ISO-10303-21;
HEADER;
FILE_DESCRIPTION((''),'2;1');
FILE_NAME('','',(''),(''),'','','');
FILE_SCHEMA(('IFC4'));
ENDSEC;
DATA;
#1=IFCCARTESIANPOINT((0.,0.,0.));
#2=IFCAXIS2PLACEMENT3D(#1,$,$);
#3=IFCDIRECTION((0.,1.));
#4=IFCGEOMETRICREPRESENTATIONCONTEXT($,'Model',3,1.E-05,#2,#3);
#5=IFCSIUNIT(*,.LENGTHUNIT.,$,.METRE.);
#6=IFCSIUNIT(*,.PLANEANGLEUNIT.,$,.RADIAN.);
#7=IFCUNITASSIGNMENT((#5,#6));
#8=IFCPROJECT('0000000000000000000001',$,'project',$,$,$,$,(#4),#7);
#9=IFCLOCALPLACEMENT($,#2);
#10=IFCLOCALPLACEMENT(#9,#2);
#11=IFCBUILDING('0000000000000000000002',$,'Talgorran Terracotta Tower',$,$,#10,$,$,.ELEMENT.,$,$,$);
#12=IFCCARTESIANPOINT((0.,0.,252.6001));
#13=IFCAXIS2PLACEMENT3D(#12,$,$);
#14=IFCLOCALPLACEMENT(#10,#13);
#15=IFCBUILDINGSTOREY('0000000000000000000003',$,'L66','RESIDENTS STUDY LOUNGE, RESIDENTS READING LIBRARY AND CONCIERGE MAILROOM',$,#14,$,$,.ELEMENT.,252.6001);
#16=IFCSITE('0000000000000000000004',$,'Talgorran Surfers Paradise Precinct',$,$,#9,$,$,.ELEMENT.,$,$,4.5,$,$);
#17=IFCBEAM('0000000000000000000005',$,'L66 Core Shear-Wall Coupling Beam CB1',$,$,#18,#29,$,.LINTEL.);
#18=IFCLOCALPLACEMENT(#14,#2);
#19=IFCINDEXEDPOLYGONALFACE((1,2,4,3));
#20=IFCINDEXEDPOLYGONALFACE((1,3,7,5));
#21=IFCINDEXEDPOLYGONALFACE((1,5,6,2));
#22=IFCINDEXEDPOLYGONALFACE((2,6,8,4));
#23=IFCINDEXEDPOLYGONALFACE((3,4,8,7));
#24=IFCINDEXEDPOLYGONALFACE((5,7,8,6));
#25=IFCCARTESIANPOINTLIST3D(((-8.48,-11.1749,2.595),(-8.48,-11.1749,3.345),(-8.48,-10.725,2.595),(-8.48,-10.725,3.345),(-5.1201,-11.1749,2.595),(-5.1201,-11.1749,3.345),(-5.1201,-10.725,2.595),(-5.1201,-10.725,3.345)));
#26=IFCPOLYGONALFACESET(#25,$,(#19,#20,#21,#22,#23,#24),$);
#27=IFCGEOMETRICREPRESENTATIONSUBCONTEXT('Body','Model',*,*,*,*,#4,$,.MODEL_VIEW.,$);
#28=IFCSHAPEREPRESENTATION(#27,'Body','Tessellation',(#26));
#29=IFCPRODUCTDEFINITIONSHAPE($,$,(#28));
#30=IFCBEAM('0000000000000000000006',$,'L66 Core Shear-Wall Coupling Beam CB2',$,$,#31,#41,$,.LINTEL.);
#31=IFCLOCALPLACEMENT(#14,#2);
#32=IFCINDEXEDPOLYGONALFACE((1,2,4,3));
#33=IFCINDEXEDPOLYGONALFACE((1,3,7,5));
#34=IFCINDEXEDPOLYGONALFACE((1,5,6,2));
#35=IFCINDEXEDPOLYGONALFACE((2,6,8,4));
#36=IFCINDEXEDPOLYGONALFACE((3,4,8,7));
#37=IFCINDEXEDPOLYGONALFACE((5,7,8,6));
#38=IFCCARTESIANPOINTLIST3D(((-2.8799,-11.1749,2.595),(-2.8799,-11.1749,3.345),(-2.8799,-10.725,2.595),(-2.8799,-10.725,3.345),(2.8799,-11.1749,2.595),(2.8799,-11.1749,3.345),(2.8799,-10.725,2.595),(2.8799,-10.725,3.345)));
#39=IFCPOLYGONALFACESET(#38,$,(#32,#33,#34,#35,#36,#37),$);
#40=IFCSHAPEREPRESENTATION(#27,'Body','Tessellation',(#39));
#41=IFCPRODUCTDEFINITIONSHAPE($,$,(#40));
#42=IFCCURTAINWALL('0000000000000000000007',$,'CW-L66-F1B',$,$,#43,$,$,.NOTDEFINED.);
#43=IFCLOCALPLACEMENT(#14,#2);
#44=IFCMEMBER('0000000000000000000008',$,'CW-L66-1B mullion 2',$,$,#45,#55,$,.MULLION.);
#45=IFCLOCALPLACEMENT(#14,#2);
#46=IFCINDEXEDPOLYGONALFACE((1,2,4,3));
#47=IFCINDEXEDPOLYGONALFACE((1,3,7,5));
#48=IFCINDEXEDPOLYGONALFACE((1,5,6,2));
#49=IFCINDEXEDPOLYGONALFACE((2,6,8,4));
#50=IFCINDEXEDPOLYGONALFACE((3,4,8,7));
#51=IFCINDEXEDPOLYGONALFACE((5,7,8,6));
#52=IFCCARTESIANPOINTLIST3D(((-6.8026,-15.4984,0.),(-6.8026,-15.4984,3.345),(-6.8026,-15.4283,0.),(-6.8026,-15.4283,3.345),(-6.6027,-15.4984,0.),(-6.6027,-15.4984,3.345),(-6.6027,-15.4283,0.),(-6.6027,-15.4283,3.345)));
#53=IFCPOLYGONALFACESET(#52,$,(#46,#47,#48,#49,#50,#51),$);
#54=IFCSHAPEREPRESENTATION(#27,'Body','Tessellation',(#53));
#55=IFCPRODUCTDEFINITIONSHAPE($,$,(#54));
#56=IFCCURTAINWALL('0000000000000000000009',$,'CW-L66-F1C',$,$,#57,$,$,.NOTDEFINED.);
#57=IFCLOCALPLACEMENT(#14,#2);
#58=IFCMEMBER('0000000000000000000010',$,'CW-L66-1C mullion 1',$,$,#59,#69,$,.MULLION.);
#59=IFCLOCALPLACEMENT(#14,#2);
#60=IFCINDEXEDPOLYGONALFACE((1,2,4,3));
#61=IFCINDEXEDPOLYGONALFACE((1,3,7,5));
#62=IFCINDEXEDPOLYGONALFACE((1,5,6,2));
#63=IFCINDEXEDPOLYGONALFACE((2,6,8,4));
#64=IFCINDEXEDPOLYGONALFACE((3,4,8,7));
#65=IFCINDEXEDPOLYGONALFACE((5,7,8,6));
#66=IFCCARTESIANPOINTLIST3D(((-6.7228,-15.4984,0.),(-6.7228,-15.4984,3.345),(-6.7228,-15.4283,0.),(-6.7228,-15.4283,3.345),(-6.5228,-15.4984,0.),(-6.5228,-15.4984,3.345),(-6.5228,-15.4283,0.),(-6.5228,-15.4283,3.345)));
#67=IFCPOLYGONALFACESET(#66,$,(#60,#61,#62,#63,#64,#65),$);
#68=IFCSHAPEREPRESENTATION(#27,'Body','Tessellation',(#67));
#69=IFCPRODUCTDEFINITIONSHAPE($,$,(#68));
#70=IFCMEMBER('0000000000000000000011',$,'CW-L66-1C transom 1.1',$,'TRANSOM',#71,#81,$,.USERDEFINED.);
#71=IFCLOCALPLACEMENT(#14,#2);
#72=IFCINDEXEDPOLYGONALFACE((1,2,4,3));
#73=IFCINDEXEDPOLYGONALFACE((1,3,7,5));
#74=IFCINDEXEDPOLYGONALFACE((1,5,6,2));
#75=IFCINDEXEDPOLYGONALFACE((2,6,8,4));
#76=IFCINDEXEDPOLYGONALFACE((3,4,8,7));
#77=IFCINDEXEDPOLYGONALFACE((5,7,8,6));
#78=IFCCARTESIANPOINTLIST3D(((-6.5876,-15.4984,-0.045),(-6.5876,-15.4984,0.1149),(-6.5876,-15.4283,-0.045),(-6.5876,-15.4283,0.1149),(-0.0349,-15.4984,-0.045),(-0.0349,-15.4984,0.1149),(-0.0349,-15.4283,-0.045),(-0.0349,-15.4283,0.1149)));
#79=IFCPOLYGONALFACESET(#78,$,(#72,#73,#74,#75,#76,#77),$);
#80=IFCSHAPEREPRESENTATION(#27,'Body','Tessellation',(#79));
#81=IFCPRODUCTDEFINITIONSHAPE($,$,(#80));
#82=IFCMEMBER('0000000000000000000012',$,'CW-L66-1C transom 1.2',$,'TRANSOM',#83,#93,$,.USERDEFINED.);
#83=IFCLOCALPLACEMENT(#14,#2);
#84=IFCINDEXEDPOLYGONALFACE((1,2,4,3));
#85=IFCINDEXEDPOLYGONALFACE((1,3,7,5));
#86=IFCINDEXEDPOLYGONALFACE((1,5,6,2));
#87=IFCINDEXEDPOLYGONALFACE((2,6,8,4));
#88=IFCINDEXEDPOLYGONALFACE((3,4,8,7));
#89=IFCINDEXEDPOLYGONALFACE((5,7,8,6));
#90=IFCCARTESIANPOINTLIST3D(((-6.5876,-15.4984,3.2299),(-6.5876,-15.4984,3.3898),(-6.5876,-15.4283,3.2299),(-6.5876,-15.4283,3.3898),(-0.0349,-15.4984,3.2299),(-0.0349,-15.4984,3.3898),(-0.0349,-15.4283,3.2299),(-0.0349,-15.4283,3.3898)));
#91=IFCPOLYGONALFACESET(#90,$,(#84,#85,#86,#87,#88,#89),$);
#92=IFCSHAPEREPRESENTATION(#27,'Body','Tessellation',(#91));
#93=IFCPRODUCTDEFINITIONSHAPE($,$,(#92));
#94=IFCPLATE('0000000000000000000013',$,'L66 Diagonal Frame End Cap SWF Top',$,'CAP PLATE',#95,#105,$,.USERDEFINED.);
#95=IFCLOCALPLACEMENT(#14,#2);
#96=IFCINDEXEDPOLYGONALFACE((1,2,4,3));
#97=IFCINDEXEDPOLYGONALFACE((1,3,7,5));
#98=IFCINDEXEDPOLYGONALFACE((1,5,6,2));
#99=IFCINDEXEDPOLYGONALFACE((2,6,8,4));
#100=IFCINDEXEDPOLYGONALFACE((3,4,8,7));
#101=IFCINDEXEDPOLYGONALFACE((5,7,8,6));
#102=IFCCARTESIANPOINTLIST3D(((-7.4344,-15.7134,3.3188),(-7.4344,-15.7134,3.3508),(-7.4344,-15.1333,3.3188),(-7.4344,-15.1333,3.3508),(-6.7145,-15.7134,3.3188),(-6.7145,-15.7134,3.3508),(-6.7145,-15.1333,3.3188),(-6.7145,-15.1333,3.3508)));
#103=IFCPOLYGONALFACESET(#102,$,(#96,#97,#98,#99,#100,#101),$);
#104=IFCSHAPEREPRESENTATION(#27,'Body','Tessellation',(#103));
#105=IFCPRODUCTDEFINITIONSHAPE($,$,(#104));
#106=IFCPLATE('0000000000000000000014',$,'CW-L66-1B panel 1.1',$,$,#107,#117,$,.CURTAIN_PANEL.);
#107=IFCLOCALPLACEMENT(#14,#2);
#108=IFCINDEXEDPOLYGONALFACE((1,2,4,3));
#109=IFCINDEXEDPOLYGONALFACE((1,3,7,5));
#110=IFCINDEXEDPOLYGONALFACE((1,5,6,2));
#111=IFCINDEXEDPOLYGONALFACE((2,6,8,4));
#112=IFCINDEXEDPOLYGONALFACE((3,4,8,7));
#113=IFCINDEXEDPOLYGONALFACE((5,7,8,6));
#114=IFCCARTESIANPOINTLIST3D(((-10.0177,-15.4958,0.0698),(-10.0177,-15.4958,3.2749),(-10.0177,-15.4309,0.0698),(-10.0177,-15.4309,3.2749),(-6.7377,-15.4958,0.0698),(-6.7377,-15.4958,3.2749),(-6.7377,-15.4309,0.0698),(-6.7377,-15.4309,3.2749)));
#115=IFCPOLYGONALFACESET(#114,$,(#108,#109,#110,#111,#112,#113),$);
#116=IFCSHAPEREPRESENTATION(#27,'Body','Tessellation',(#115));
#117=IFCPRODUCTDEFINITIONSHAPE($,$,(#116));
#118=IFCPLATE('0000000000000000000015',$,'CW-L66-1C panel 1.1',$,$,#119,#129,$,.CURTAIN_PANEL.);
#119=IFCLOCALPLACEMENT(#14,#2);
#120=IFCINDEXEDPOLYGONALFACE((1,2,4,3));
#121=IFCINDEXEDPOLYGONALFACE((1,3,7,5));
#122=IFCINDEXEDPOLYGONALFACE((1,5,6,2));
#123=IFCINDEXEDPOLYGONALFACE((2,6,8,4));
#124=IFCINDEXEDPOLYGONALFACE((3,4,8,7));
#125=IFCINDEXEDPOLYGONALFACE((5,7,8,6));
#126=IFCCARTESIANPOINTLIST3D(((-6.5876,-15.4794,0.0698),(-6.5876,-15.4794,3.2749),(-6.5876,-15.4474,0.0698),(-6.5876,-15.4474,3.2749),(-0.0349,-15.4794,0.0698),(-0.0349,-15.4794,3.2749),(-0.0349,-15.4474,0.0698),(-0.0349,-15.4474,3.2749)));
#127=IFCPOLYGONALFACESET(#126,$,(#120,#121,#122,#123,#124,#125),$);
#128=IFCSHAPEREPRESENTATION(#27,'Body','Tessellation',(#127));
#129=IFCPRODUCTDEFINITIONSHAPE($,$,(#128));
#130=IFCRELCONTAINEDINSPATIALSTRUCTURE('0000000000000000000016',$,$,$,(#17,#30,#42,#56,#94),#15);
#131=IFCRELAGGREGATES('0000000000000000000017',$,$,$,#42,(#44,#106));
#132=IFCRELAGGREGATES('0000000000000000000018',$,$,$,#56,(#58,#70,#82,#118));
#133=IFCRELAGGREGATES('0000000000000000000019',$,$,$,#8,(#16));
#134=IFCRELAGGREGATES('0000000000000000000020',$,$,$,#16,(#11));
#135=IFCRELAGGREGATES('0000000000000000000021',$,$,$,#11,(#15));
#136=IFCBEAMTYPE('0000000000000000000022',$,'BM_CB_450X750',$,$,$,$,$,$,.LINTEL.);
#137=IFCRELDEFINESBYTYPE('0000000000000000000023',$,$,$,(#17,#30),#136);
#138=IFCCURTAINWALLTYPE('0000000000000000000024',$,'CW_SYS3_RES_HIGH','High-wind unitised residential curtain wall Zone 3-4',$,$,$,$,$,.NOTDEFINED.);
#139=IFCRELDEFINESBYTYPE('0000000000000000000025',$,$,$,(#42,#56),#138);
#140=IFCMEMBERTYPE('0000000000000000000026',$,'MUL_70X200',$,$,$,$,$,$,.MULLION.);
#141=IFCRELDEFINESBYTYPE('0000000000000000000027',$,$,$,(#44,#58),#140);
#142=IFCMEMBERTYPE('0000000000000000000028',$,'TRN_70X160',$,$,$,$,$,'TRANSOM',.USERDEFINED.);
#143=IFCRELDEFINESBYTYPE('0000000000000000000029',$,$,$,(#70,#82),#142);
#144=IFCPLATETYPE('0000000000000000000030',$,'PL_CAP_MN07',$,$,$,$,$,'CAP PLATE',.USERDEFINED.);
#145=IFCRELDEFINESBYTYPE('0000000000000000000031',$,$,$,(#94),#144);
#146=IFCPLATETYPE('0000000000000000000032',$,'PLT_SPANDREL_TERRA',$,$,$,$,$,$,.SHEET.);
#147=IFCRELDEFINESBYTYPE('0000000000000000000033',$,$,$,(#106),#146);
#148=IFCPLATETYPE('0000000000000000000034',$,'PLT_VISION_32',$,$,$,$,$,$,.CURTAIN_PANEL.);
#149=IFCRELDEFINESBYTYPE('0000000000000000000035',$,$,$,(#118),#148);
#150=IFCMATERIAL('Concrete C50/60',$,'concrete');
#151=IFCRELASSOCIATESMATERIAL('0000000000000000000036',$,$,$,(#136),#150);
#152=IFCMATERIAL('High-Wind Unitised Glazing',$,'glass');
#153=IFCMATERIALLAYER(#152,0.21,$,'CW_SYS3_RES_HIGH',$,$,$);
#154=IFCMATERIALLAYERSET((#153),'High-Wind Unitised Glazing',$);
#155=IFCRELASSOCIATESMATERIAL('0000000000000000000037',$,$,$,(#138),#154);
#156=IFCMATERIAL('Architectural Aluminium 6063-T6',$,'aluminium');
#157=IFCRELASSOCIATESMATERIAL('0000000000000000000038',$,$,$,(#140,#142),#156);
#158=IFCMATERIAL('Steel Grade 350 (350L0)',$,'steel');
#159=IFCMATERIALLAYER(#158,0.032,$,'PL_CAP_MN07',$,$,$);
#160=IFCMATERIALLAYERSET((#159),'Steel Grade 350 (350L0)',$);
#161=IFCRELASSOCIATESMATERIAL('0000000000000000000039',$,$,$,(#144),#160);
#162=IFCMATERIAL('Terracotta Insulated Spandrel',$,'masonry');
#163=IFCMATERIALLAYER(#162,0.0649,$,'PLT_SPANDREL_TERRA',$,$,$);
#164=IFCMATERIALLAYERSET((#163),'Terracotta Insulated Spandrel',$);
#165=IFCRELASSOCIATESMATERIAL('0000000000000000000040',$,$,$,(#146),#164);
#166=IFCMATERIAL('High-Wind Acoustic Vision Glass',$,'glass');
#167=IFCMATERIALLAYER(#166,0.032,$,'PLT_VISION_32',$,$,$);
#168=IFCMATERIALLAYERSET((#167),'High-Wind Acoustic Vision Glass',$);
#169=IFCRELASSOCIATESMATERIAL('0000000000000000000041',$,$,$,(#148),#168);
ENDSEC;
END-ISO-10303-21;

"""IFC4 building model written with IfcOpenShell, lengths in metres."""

from ifc_helpers import new_model, si_unit, direction, frame, origin, origin_2d, place, context, subcontext, project, spatial, rectangle, extrude, source, transform, mapped, material, layer, layer_set, material_profile, profile_set, type_object, type_shapes, element, aggregate, save


model = new_model("IFC4")

# Units and contexts
model_context = context("Model", 3, precision=1e-05, world=origin(), true_north=direction((0.0, 1.0)))
body_context = subcontext(model_context, "Body", "Model", "MODEL_VIEW")
ifc_project = project(units=[si_unit("LENGTHUNIT", "METRE"), si_unit("PLANEANGLEUNIT", "RADIAN")], contexts=[model_context])

# Site, building, storey
site_placement = place(None, origin())
site = spatial("IfcSite", under=ifc_project, at=site_placement, Name="Talgorran Surfers Paradise Precinct", CompositionType="ELEMENT", RefElevation=4.5)
building_placement = place(site_placement, origin())
building = spatial("IfcBuilding", under=site, at=building_placement, Name="Talgorran Terracotta Tower", CompositionType="ELEMENT")
storey_placement = place(building_placement, frame((0.0, 0.0, 252.6001)))
storey = spatial("IfcBuildingStorey", under=building, at=storey_placement, Name="L66", Description="RESIDENTS STUDY LOUNGE, RESIDENTS READING LIBRARY AND CONCIERGE MAILROOM", CompositionType="ELEMENT", Elevation=252.6001)

# Beams
ifc_material_1 = material(Name="Concrete C50/60", Category="concrete")
ifc_material_profile_1 = material_profile(ifc_material_1, rectangle(XDim=0.45, YDim=0.75, at=origin_2d()), Name="RCCB450X750")
ifc_profile_set_1 = profile_set([ifc_material_profile_1], Name="Concrete C50/60")
beam_type = type_object("IfcBeamType", Name="BM_CB_450X750", PredefinedType="LINTEL", material=ifc_profile_set_1)
beam_1_placement = place(storey_placement, frame((-8.48, -10.95, 2.97), z_axis=(1.0, 0.0, 0.0), x_axis=(0.0, 1.0, 0.0)))
element("IfcBeam", 1, at=beam_1_placement, inside=storey, type_object=beam_type, Name="L66 Core Shear-Wall Coupling Beam CB1", PredefinedType="LINTEL", context=body_context, shape_type="SweptSolid", body=[
    extrude(rectangle(XDim=0.45, YDim=0.75, at=origin_2d()), origin(), (0.0, 0.0, 1.0), 3.3599),
])
beam_2_placement = place(storey_placement, frame((-2.8799, -10.95, 2.97), z_axis=(1.0, 0.0, 0.0), x_axis=(0.0, 1.0, 0.0)))
element("IfcBeam", 2, at=beam_2_placement, inside=storey, type_object=beam_type, Name="L66 Core Shear-Wall Coupling Beam CB2", PredefinedType="LINTEL", context=body_context, shape_type="SweptSolid", body=[
    extrude(rectangle(XDim=0.45, YDim=0.75, at=origin_2d()), origin(), (0.0, 0.0, 1.0), 5.7598),
])

# Curtain wall, member
ifc_material_2 = material(Name="High-Wind Unitised Glazing", Category="glass")
ifc_layer_1 = layer(ifc_material_2, 0.21, Name="CW_SYS3_RES_HIGH")
ifc_layer_set_1 = layer_set([ifc_layer_1], Name="High-Wind Unitised Glazing")
curtain_wall_type = type_object("IfcCurtainWallType", Name="CW_SYS3_RES_HIGH", Description="High-wind unitised residential curtain wall Zone 3-4", PredefinedType="NOTDEFINED", material=ifc_layer_set_1)
curtain_wall_1_placement = place(storey_placement, origin())
curtain_wall_1 = element("IfcCurtainWall", 3, at=curtain_wall_1_placement, inside=storey, type_object=curtain_wall_type, Name="CW-L66-F1B", PredefinedType="NOTDEFINED")
ifc_material_3 = material(Name="Architectural Aluminium 6063-T6", Category="aluminium")
ifc_material_profile_2 = material_profile(ifc_material_3, rectangle(XDim=0.0701, YDim=0.2, at=origin_2d()), Name="CWM70X200")
ifc_profile_set_2 = profile_set([ifc_material_profile_2], Name="Architectural Aluminium 6063-T6")
member_type_1 = type_object("IfcMemberType", Name="MUL_70X200", PredefinedType="MULLION", material=ifc_profile_set_2)
member_1_placement = place(storey_placement, frame((-6.7026, -15.4634, 0.0), z_axis=(0.0, 0.0, 1.0), x_axis=(0.0, 1.0, 0.0)))
member_1 = element("IfcMember", 4, at=member_1_placement, type_object=member_type_1, Name="CW-L66-1B mullion 2", PredefinedType="MULLION", context=body_context, shape_type="SweptSolid", body=[
    extrude(rectangle(XDim=0.0701, YDim=0.2, at=origin_2d()), origin(), (0.0, 0.0, 1.0), 3.345),
])

# Curtain wall, members
curtain_wall_2_placement = place(storey_placement, origin())
curtain_wall_2 = element("IfcCurtainWall", 5, at=curtain_wall_2_placement, inside=storey, type_object=curtain_wall_type, Name="CW-L66-F1C", PredefinedType="NOTDEFINED")
member_2_placement = place(storey_placement, frame((-6.6228, -15.4634, 0.0), z_axis=(0.0, 0.0, 1.0), x_axis=(0.0, 1.0, 0.0)))
member_2 = element("IfcMember", 6, at=member_2_placement, type_object=member_type_1, Name="CW-L66-1C mullion 1", PredefinedType="MULLION", context=body_context, shape_type="SweptSolid", body=[
    extrude(rectangle(XDim=0.0701, YDim=0.2, at=origin_2d()), origin(), (0.0, 0.0, 1.0), 3.345),
])
ifc_material_profile_3 = material_profile(ifc_material_3, rectangle(XDim=0.0701, YDim=0.1599, at=origin_2d()), Name="CWT70X160")
ifc_profile_set_3 = profile_set([ifc_material_profile_3], Name="Architectural Aluminium 6063-T6")
member_type_2 = type_object("IfcMemberType", Name="TRN_70X160", ElementType="TRANSOM", PredefinedType="USERDEFINED", material=ifc_profile_set_3)
member_3_placement = place(storey_placement, frame((-6.5876, -15.4634, 0.0349), z_axis=(1.0, 0.0, 0.0), x_axis=(0.0, 1.0, 0.0)))
member_3 = element("IfcMember", 7, at=member_3_placement, type_object=member_type_2, Name="CW-L66-1C transom 1.1", ObjectType="TRANSOM", PredefinedType="USERDEFINED", context=body_context, shape_type="SweptSolid", body=[
    extrude(rectangle(XDim=0.0701, YDim=0.1599, at=origin_2d()), origin(), (0.0, 0.0, 1.0), 6.5527),
])
member_4_placement = place(storey_placement, frame((-6.5876, -15.4634, 3.3098), z_axis=(1.0, 0.0, 0.0), x_axis=(0.0, 1.0, 0.0)))
member_4 = element("IfcMember", 8, at=member_4_placement, type_object=member_type_2, Name="CW-L66-1C transom 1.2", ObjectType="TRANSOM", PredefinedType="USERDEFINED", context=body_context, shape_type="SweptSolid", body=[
    extrude(rectangle(XDim=0.0701, YDim=0.1599, at=origin_2d()), origin(), (0.0, 0.0, 1.0), 6.5527),
])

# Plates
ifc_material_4 = material(Name="Steel Grade 350 (350L0)", Category="steel")
ifc_layer_2 = layer(ifc_material_4, 0.032, Name="PL_CAP_MN07")
ifc_layer_set_2 = layer_set([ifc_layer_2], Name="Steel Grade 350 (350L0)")
plate_type_1 = type_object("IfcPlateType", Name="PL_CAP_MN07", ElementType="CAP PLATE", PredefinedType="USERDEFINED", material=ifc_layer_set_2)
plate_1_placement = place(storey_placement, frame((-7.0745, -15.4233, 3.3188), z_axis=(0.0, 0.0, 1.0), x_axis=(1.0, 0.0, 0.0)))
element("IfcPlate", 9, at=plate_1_placement, inside=storey, type_object=plate_type_1, Name="L66 Diagonal Frame End Cap SWF Top", ObjectType="CAP PLATE", PredefinedType="USERDEFINED", context=body_context, shape_type="SweptSolid", body=[
    extrude(rectangle(XDim=0.72, YDim=0.5801, at=origin_2d()), origin(), (0.0, 0.0, 1.0), 0.032),
])
ifc_material_5 = material(Name="Terracotta Insulated Spandrel", Category="masonry")
ifc_layer_3 = layer(ifc_material_5, 0.0649, Name="PLT_SPANDREL_TERRA")
ifc_layer_set_3 = layer_set([ifc_layer_3], Name="Terracotta Insulated Spandrel")
plate_type_2 = type_object("IfcPlateType", Name="PLT_SPANDREL_TERRA", PredefinedType="SHEET", material=ifc_layer_set_3)
shared_shape_1 = source(origin(), body_context, "Body", "SweptSolid", [
    extrude(rectangle(XDim=3.28, YDim=0.0649, at=origin_2d()), origin(), (0.0, 0.0, 1.0), 3.2051),
])
type_shapes(plate_type_2, [shared_shape_1])
plate_2_placement = place(storey_placement, frame((-8.3777, -15.4634, 0.0698), z_axis=(0.0, 0.0, 1.0), x_axis=(1.0, 0.0, 0.0)))
plate_2 = element("IfcPlate", 10, at=plate_2_placement, type_object=plate_type_2, Name="CW-L66-1B panel 1.1", PredefinedType="CURTAIN_PANEL", context=body_context, shape_type="MappedRepresentation", body=[
    mapped(shared_shape_1, transform((0.0, 0.0, 0.0), scale=1.0)),
])
aggregate(curtain_wall_1, [member_1, plate_2])
ifc_material_6 = material(Name="High-Wind Acoustic Vision Glass", Category="glass")
ifc_layer_4 = layer(ifc_material_6, 0.032, Name="PLT_VISION_32")
ifc_layer_set_4 = layer_set([ifc_layer_4], Name="High-Wind Acoustic Vision Glass")
plate_type_3 = type_object("IfcPlateType", Name="PLT_VISION_32", PredefinedType="CURTAIN_PANEL", material=ifc_layer_set_4)
shared_shape_2 = source(origin(), body_context, "Body", "SweptSolid", [
    extrude(rectangle(XDim=6.5527, YDim=0.032, at=origin_2d()), origin(), (0.0, 0.0, 1.0), 3.2051),
])
type_shapes(plate_type_3, [shared_shape_2])
plate_3_placement = place(storey_placement, frame((-3.3113, -15.4634, 0.0698), z_axis=(0.0, 0.0, 1.0), x_axis=(1.0, 0.0, 0.0)))
plate_3 = element("IfcPlate", 11, at=plate_3_placement, type_object=plate_type_3, Name="CW-L66-1C panel 1.1", PredefinedType="CURTAIN_PANEL", context=body_context, shape_type="MappedRepresentation", body=[
    mapped(shared_shape_2, transform((0.0, 0.0, 0.0), scale=1.0)),
])
aggregate(curtain_wall_2, [member_2, member_3, member_4, plate_3])

save(model, "model.ifc")
